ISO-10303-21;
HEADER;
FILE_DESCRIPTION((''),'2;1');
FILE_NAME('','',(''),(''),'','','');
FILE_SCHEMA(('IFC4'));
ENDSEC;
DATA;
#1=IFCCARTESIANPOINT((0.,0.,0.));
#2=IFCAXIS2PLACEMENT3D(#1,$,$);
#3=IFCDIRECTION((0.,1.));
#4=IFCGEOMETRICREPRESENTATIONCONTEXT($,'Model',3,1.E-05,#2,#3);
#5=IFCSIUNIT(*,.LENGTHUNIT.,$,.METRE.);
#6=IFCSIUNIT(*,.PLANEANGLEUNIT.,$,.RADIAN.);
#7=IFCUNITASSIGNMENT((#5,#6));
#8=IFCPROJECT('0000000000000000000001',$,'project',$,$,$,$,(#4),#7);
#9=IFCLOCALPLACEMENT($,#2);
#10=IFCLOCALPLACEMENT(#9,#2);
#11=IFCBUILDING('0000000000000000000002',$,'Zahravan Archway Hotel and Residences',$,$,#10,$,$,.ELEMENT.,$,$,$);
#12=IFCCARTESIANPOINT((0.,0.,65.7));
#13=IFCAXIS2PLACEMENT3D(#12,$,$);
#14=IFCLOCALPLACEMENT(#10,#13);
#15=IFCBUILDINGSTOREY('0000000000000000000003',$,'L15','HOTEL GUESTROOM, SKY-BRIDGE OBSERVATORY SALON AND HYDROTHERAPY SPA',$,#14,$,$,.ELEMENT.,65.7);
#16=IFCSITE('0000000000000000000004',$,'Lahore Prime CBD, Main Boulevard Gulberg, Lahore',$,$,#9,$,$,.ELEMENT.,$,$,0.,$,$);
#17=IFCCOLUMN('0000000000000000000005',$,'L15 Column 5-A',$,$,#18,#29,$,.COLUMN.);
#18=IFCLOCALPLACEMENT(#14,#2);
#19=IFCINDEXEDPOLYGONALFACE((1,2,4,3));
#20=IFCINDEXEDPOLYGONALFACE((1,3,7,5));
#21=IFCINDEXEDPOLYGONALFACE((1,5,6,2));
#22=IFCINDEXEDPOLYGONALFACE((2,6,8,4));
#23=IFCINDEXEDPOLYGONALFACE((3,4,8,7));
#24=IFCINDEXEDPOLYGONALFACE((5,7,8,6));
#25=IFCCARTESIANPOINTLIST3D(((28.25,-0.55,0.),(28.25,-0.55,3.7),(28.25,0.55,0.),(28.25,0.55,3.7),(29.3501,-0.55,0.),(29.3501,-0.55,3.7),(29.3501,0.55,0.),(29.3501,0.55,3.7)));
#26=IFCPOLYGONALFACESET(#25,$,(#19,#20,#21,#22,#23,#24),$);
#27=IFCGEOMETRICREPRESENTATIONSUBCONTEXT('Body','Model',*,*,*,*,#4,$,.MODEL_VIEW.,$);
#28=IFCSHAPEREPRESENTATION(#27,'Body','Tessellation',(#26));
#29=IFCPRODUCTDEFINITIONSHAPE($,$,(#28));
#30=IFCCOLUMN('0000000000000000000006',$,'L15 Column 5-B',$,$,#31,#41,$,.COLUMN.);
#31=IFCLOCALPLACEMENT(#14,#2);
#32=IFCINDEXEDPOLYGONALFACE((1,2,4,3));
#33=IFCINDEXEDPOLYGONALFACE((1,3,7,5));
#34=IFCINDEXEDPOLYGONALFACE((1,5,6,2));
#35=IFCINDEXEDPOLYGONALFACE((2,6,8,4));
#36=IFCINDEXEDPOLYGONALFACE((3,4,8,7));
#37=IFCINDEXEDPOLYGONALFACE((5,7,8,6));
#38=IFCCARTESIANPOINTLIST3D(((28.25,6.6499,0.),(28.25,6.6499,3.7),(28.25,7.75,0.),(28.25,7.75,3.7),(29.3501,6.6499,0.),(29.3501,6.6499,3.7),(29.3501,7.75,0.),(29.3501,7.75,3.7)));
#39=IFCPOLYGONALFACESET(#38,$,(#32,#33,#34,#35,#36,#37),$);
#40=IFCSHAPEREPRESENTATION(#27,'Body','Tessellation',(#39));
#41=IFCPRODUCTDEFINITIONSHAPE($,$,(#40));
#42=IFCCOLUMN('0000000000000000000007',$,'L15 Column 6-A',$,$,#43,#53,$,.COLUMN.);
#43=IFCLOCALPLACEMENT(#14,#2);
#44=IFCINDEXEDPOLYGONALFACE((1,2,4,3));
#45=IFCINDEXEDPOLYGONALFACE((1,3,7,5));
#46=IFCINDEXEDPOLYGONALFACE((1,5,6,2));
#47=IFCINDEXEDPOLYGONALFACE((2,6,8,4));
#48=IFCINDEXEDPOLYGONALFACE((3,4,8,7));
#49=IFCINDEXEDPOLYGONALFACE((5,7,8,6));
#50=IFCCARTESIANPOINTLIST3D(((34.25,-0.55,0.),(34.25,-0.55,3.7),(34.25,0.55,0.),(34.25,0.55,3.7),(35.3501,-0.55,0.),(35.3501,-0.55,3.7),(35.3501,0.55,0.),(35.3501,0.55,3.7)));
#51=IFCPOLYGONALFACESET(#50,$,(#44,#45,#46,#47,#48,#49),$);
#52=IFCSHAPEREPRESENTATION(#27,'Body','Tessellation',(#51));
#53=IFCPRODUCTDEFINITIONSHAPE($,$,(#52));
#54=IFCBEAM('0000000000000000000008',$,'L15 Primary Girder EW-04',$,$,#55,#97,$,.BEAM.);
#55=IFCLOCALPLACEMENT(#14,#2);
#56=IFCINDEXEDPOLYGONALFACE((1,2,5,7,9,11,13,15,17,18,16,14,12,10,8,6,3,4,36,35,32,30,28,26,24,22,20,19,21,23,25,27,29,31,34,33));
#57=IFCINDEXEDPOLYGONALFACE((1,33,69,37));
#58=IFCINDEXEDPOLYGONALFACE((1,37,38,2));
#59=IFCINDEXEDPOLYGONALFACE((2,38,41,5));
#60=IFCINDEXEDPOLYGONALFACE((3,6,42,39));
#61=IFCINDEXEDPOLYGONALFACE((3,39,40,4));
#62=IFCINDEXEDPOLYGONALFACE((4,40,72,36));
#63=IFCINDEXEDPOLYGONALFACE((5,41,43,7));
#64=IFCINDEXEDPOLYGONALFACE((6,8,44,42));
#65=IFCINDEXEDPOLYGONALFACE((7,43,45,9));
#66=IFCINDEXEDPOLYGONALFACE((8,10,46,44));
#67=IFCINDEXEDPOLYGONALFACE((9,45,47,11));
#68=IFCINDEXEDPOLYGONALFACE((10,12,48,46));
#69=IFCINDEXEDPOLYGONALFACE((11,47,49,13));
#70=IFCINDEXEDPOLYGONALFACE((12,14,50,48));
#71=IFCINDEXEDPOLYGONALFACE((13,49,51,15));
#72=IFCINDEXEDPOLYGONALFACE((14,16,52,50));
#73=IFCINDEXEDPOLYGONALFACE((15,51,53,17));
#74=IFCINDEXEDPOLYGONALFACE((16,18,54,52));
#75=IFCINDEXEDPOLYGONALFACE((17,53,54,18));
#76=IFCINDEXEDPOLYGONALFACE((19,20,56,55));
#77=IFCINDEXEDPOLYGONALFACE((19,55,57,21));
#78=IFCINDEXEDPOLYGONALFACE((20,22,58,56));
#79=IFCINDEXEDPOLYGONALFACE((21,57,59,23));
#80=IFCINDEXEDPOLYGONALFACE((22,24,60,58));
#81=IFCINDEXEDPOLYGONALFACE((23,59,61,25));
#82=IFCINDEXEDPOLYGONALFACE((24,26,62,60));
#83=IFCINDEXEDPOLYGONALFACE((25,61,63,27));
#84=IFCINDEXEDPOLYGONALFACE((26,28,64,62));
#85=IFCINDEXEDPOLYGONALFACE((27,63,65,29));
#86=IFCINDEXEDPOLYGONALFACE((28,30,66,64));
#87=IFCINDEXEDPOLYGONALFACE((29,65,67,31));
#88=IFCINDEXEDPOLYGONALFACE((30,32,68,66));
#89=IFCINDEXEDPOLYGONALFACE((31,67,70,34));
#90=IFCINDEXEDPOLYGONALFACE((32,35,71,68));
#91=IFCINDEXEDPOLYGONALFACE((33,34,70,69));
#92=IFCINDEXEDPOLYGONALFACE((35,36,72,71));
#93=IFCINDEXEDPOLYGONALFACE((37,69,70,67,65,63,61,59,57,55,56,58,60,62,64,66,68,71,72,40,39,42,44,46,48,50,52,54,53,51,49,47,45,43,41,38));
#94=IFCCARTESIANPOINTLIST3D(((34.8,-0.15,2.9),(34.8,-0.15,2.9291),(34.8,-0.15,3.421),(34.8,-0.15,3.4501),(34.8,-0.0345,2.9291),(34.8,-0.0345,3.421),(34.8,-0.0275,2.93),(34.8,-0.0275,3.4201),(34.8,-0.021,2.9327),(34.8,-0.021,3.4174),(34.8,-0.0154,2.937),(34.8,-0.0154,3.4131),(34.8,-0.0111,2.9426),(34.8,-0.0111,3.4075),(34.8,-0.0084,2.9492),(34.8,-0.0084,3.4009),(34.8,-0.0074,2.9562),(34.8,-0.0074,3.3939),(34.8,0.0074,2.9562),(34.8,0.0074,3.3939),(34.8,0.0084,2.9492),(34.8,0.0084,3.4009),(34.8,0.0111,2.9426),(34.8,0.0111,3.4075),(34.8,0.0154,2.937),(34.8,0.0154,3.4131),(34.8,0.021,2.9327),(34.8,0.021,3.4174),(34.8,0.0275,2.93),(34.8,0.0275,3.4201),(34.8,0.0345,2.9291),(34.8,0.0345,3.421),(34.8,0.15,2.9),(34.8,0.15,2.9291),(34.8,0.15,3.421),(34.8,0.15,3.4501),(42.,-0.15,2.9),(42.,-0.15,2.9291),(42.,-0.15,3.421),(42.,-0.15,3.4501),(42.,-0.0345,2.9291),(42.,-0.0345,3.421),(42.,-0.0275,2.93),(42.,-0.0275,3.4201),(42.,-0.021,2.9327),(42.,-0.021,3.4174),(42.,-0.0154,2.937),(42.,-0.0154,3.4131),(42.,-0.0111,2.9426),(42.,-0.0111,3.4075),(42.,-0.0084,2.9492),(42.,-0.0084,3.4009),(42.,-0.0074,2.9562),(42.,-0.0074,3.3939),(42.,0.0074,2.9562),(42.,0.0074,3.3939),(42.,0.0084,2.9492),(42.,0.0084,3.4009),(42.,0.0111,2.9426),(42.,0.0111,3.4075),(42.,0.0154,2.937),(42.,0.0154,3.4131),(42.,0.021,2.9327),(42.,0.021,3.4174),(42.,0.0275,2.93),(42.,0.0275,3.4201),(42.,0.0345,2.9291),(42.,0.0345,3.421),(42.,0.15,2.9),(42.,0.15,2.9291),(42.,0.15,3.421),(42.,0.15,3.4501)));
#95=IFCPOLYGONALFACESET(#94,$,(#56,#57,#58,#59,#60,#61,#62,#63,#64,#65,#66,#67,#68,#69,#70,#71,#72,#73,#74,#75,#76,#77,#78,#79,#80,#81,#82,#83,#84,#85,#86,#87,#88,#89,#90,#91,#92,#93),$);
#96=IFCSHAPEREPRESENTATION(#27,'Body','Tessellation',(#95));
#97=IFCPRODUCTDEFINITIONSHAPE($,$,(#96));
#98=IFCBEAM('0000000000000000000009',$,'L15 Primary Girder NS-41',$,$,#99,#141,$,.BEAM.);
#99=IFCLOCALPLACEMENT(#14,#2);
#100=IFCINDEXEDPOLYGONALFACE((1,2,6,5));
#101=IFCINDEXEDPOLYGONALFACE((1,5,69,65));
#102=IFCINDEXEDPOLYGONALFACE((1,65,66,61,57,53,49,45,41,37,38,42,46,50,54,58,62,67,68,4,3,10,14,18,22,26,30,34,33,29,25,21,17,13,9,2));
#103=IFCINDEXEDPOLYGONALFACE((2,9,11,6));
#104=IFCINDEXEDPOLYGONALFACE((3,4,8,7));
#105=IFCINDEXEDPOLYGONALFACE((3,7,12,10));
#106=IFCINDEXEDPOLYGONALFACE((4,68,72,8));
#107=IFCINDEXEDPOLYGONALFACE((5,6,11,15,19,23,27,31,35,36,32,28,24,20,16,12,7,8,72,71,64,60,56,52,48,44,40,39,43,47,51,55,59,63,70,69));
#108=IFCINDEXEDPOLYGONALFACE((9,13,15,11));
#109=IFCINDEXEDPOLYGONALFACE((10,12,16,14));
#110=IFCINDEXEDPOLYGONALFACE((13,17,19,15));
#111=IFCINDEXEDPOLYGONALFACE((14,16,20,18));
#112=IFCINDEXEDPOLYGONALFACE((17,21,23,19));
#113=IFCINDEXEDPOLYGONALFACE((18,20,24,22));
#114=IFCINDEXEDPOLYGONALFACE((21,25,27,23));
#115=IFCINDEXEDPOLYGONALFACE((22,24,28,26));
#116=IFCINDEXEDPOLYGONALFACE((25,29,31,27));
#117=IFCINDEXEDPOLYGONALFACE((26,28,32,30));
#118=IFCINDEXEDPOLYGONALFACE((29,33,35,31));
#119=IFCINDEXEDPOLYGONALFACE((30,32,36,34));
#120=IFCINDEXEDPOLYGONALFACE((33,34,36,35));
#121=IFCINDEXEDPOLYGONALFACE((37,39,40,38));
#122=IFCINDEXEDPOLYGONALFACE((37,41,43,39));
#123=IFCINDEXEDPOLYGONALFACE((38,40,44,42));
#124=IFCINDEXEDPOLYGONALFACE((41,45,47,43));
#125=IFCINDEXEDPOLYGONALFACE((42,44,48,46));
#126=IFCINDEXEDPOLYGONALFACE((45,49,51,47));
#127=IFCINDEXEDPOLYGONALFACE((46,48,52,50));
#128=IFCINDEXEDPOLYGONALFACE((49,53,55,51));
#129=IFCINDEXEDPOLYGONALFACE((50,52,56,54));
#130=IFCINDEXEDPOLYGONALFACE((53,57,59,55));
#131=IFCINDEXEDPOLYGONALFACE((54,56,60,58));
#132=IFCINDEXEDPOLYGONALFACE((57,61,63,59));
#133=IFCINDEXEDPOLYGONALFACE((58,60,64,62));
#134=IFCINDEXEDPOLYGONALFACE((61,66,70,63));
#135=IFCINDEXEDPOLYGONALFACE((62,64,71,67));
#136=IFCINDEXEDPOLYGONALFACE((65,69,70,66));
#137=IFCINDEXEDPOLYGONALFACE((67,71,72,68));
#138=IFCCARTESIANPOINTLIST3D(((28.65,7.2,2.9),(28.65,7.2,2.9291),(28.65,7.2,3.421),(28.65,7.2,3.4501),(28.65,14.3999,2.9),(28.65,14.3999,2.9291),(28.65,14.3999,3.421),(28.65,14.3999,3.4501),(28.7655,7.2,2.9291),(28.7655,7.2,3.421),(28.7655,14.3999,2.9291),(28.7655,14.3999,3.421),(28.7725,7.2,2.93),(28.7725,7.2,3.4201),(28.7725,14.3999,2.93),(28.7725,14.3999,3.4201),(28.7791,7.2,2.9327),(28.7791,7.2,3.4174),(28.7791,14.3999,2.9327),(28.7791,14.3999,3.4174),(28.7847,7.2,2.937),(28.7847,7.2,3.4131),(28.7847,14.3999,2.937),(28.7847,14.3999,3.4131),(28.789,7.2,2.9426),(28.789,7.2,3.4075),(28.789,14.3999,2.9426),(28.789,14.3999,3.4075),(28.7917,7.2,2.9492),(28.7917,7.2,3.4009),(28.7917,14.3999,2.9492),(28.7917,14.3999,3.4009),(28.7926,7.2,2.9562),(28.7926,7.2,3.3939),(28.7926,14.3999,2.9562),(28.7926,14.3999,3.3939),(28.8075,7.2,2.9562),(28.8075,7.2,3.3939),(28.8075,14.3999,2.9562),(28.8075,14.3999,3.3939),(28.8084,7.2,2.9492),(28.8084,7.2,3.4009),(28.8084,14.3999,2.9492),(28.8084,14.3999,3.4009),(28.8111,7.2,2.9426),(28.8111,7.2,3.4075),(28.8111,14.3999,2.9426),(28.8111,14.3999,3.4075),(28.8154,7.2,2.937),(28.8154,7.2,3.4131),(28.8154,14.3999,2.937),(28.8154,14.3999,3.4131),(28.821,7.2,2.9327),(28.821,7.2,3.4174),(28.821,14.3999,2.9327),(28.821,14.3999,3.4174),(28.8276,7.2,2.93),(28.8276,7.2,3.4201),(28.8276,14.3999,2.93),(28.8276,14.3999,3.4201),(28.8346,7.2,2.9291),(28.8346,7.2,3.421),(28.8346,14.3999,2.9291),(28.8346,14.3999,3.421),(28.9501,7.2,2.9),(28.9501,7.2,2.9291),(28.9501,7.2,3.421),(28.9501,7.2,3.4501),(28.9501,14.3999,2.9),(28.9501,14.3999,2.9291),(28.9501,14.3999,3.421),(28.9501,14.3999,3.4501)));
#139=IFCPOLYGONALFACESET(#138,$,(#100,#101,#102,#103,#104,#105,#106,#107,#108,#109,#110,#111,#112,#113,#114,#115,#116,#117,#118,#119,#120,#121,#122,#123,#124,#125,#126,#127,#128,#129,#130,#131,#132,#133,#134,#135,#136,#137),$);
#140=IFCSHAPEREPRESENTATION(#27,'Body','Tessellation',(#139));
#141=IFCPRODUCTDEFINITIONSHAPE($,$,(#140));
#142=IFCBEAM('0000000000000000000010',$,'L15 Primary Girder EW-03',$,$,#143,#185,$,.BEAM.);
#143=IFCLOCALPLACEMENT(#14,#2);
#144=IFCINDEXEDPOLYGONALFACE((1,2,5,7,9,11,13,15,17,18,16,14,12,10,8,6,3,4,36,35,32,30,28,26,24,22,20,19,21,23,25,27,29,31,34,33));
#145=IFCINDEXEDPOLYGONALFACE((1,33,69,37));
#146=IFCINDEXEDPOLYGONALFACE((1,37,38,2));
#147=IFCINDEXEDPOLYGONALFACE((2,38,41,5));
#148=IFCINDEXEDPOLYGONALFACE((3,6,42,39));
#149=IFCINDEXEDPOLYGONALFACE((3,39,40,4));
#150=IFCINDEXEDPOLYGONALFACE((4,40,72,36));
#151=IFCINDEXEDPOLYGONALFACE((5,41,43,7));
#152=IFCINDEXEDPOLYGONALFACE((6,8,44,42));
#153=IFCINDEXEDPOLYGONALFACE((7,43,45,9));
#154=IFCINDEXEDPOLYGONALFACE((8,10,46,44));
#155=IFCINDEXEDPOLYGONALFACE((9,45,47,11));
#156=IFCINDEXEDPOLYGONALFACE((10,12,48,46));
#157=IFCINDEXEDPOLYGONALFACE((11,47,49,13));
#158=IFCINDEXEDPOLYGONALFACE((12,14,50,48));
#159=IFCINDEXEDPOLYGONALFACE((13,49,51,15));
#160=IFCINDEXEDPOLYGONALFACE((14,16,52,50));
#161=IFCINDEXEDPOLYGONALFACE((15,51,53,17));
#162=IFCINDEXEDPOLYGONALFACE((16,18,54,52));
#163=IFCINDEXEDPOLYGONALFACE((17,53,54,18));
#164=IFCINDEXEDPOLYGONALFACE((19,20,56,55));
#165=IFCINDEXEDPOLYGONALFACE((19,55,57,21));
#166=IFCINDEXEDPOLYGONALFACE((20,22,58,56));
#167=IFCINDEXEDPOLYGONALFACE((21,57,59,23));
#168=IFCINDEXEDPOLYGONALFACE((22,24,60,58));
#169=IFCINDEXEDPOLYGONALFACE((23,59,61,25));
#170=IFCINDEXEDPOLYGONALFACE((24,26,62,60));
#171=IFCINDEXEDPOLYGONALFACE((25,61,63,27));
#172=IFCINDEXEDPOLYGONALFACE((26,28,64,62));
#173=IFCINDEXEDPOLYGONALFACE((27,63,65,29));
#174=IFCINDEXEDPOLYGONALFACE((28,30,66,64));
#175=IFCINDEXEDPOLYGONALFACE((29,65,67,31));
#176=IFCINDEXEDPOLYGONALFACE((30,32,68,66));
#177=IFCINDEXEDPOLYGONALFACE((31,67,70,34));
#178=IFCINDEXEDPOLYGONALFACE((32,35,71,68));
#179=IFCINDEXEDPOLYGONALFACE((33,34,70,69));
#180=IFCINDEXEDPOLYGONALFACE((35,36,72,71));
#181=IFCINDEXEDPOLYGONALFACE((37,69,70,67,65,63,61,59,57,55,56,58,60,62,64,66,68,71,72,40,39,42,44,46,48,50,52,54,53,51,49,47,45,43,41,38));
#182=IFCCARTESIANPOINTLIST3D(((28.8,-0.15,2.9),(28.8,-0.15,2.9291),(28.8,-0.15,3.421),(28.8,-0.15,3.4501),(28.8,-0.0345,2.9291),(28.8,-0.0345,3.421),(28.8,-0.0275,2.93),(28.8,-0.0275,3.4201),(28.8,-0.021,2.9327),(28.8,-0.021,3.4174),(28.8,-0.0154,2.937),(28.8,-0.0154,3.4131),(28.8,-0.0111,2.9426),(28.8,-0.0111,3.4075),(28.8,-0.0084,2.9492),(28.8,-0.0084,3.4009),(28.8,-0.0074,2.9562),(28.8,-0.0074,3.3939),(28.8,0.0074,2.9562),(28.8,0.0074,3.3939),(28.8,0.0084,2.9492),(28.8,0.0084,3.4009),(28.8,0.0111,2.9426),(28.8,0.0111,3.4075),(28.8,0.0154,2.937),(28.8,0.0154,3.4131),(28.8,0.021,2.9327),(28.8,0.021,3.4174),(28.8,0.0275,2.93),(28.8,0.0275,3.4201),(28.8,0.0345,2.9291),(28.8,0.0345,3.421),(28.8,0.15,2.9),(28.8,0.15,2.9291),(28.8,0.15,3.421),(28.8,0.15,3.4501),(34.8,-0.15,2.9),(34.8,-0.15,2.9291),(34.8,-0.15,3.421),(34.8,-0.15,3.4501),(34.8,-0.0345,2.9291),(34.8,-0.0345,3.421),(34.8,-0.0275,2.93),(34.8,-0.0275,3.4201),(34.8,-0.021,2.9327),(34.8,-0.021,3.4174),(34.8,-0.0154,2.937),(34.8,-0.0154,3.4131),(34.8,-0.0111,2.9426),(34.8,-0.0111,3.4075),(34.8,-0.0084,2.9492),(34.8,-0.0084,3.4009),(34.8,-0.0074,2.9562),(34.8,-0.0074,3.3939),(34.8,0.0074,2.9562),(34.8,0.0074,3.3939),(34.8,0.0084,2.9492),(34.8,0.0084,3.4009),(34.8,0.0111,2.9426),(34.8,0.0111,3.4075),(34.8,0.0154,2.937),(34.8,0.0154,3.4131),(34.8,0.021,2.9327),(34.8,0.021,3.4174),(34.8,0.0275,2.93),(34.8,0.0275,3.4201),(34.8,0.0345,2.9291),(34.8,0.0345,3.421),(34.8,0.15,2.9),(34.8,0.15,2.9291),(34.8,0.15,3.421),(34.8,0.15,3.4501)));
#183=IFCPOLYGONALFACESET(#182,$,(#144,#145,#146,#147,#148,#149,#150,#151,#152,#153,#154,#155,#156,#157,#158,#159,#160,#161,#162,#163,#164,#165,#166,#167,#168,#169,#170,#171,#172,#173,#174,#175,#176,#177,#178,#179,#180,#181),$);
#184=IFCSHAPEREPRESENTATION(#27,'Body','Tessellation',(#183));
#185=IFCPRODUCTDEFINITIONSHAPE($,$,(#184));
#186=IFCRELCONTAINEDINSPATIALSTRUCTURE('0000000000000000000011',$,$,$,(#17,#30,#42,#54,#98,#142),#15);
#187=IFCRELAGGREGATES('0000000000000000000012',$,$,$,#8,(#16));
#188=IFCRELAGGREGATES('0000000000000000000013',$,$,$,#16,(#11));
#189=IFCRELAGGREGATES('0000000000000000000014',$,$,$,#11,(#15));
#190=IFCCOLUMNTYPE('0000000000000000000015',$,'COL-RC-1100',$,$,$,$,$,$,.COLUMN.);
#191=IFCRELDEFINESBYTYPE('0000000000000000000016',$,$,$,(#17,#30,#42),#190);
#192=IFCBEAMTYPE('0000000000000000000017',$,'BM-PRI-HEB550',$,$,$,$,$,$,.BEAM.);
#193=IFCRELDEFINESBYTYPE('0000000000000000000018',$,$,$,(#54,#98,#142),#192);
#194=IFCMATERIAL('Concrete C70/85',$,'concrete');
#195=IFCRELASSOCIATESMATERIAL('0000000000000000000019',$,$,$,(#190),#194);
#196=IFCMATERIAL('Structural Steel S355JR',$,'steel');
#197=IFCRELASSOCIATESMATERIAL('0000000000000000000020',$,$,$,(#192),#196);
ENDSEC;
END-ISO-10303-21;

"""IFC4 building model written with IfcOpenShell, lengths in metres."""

from ifc_helpers import new_model, si_unit, direction, frame, origin, origin_2d, place, context, subcontext, project, spatial, rectangle, i_section, extrude, source, transform, mapped, material, material_profile, profile_set, type_object, element, save


model = new_model("IFC4")

# Units and contexts
model_context = context("Model", 3, precision=1e-05, world=origin(), true_north=direction((0.0, 1.0)))
body_context = subcontext(model_context, "Body", "Model", "MODEL_VIEW")
ifc_project = project(units=[si_unit("LENGTHUNIT", "METRE"), si_unit("PLANEANGLEUNIT", "RADIAN")], contexts=[model_context])

# Site, building, storey
site_placement = place(None, origin())
site = spatial("IfcSite", under=ifc_project, at=site_placement, Name="Lahore Prime CBD, Main Boulevard Gulberg, Lahore", CompositionType="ELEMENT", RefElevation=0.0)
building_placement = place(site_placement, origin())
building = spatial("IfcBuilding", under=site, at=building_placement, Name="Zahravan Archway Hotel and Residences", CompositionType="ELEMENT")
storey_placement = place(building_placement, frame((0.0, 0.0, 65.7)))
storey = spatial("IfcBuildingStorey", under=building, at=storey_placement, Name="L15", Description="HOTEL GUESTROOM, SKY-BRIDGE OBSERVATORY SALON AND HYDROTHERAPY SPA", CompositionType="ELEMENT", Elevation=65.7)

# Columns
ifc_material_1 = material(Name="Concrete C70/85", Category="concrete")
ifc_material_profile_1 = material_profile(ifc_material_1, rectangle(XDim=1.1001, YDim=1.1001, at=origin_2d()), Name="RC 1100x1100", Category="concrete")
ifc_profile_set_1 = profile_set([ifc_material_profile_1], Name="Concrete C70/85")
column_type = type_object("IfcColumnType", Name="COL-RC-1100", PredefinedType="COLUMN", material=ifc_profile_set_1)
shared_shape_1 = source(origin(), body_context, "Body", "SweptSolid", [
    extrude(rectangle(XDim=1.1001, YDim=1.1001, at=origin_2d()), origin(), (0.0, 0.0, 1.0), 3.7),
])
for number, where, z_axis, x_axis, name in (
    (1, (28.8, 0.0, 0.0), (0.0, 0.0, 1.0), (1.0, 0.0, 0.0), "L15 Column 5-A"),
    (2, (28.8, 7.2, 0.0), (0.0, 0.0, 1.0), (1.0, 0.0, 0.0), "L15 Column 5-B"),
    (3, (34.8, 0.0, 0.0), (0.0, 0.0, 1.0), (1.0, 0.0, 0.0), "L15 Column 6-A"),
):
    element("IfcColumn", number, at=place(storey_placement, frame(where, z_axis=z_axis, x_axis=x_axis)), inside=storey, type_object=column_type, Name=name, PredefinedType="COLUMN", context=body_context, shape_type="MappedRepresentation", body=[
        mapped(shared_shape_1, transform((0.0, 0.0, 0.0), scale=1.0)),
    ])

# Beams
ifc_material_2 = material(Name="Structural Steel S355JR", Category="steel")
ifc_material_profile_2 = material_profile(ifc_material_2, i_section(OverallWidth=0.3, OverallDepth=0.55, WebThickness=0.0149, FlangeThickness=0.0291, FilletRadius=0.0271, at=origin_2d()), Name="HEB 550", Category="steel")
ifc_profile_set_2 = profile_set([ifc_material_profile_2], Name="Structural Steel S355JR")
beam_type_1 = type_object("IfcBeamType", Name="BM-PRI-HEB550", PredefinedType="BEAM", material=ifc_profile_set_2)
shared_shape_2 = source(origin(), body_context, "Body", "SweptSolid", [
    extrude(i_section(OverallWidth=0.3, OverallDepth=0.55, WebThickness=0.0149, FlangeThickness=0.0291, FilletRadius=0.0271, at=origin_2d()), origin(), (0.0, 0.0, 1.0), 7.2),
])
for number, where, z_axis, x_axis, name in (
    (4, (34.8, 0.0, 3.175), (1.0, 0.0, 0.0), (0.0, 1.0, 0.0), "L15 Primary Girder EW-04"),
    (5, (28.8, 7.2, 3.175), (0.0, 1.0, 0.0), (-1.0, 0.0, 0.0), "L15 Primary Girder NS-41"),
):
    element("IfcBeam", number, at=place(storey_placement, frame(where, z_axis=z_axis, x_axis=x_axis)), inside=storey, type_object=beam_type_1, Name=name, PredefinedType="BEAM", context=body_context, shape_type="MappedRepresentation", body=[
        mapped(shared_shape_2, transform((0.0, 0.0, 0.0), scale=1.0)),
    ])
shared_shape_3 = source(origin(), body_context, "Body", "SweptSolid", [
    extrude(i_section(OverallWidth=0.3, OverallDepth=0.55, WebThickness=0.0149, FlangeThickness=0.0291, FilletRadius=0.0271, at=origin_2d()), origin(), (0.0, 0.0, 1.0), 6.0),
])
for number, where, z_axis, x_axis, name in (
    (6, (28.8, 0.0, 3.175), (1.0, 0.0, 0.0), (0.0, 1.0, 0.0), "L15 Primary Girder EW-03"),
):
    element("IfcBeam", number, at=place(storey_placement, frame(where, z_axis=z_axis, x_axis=x_axis)), inside=storey, type_object=beam_type_1, Name=name, PredefinedType="BEAM", context=body_context, shape_type="MappedRepresentation", body=[
        mapped(shared_shape_3, transform((0.0, 0.0, 0.0), scale=1.0)),
    ])

save(model, "model.ifc")
